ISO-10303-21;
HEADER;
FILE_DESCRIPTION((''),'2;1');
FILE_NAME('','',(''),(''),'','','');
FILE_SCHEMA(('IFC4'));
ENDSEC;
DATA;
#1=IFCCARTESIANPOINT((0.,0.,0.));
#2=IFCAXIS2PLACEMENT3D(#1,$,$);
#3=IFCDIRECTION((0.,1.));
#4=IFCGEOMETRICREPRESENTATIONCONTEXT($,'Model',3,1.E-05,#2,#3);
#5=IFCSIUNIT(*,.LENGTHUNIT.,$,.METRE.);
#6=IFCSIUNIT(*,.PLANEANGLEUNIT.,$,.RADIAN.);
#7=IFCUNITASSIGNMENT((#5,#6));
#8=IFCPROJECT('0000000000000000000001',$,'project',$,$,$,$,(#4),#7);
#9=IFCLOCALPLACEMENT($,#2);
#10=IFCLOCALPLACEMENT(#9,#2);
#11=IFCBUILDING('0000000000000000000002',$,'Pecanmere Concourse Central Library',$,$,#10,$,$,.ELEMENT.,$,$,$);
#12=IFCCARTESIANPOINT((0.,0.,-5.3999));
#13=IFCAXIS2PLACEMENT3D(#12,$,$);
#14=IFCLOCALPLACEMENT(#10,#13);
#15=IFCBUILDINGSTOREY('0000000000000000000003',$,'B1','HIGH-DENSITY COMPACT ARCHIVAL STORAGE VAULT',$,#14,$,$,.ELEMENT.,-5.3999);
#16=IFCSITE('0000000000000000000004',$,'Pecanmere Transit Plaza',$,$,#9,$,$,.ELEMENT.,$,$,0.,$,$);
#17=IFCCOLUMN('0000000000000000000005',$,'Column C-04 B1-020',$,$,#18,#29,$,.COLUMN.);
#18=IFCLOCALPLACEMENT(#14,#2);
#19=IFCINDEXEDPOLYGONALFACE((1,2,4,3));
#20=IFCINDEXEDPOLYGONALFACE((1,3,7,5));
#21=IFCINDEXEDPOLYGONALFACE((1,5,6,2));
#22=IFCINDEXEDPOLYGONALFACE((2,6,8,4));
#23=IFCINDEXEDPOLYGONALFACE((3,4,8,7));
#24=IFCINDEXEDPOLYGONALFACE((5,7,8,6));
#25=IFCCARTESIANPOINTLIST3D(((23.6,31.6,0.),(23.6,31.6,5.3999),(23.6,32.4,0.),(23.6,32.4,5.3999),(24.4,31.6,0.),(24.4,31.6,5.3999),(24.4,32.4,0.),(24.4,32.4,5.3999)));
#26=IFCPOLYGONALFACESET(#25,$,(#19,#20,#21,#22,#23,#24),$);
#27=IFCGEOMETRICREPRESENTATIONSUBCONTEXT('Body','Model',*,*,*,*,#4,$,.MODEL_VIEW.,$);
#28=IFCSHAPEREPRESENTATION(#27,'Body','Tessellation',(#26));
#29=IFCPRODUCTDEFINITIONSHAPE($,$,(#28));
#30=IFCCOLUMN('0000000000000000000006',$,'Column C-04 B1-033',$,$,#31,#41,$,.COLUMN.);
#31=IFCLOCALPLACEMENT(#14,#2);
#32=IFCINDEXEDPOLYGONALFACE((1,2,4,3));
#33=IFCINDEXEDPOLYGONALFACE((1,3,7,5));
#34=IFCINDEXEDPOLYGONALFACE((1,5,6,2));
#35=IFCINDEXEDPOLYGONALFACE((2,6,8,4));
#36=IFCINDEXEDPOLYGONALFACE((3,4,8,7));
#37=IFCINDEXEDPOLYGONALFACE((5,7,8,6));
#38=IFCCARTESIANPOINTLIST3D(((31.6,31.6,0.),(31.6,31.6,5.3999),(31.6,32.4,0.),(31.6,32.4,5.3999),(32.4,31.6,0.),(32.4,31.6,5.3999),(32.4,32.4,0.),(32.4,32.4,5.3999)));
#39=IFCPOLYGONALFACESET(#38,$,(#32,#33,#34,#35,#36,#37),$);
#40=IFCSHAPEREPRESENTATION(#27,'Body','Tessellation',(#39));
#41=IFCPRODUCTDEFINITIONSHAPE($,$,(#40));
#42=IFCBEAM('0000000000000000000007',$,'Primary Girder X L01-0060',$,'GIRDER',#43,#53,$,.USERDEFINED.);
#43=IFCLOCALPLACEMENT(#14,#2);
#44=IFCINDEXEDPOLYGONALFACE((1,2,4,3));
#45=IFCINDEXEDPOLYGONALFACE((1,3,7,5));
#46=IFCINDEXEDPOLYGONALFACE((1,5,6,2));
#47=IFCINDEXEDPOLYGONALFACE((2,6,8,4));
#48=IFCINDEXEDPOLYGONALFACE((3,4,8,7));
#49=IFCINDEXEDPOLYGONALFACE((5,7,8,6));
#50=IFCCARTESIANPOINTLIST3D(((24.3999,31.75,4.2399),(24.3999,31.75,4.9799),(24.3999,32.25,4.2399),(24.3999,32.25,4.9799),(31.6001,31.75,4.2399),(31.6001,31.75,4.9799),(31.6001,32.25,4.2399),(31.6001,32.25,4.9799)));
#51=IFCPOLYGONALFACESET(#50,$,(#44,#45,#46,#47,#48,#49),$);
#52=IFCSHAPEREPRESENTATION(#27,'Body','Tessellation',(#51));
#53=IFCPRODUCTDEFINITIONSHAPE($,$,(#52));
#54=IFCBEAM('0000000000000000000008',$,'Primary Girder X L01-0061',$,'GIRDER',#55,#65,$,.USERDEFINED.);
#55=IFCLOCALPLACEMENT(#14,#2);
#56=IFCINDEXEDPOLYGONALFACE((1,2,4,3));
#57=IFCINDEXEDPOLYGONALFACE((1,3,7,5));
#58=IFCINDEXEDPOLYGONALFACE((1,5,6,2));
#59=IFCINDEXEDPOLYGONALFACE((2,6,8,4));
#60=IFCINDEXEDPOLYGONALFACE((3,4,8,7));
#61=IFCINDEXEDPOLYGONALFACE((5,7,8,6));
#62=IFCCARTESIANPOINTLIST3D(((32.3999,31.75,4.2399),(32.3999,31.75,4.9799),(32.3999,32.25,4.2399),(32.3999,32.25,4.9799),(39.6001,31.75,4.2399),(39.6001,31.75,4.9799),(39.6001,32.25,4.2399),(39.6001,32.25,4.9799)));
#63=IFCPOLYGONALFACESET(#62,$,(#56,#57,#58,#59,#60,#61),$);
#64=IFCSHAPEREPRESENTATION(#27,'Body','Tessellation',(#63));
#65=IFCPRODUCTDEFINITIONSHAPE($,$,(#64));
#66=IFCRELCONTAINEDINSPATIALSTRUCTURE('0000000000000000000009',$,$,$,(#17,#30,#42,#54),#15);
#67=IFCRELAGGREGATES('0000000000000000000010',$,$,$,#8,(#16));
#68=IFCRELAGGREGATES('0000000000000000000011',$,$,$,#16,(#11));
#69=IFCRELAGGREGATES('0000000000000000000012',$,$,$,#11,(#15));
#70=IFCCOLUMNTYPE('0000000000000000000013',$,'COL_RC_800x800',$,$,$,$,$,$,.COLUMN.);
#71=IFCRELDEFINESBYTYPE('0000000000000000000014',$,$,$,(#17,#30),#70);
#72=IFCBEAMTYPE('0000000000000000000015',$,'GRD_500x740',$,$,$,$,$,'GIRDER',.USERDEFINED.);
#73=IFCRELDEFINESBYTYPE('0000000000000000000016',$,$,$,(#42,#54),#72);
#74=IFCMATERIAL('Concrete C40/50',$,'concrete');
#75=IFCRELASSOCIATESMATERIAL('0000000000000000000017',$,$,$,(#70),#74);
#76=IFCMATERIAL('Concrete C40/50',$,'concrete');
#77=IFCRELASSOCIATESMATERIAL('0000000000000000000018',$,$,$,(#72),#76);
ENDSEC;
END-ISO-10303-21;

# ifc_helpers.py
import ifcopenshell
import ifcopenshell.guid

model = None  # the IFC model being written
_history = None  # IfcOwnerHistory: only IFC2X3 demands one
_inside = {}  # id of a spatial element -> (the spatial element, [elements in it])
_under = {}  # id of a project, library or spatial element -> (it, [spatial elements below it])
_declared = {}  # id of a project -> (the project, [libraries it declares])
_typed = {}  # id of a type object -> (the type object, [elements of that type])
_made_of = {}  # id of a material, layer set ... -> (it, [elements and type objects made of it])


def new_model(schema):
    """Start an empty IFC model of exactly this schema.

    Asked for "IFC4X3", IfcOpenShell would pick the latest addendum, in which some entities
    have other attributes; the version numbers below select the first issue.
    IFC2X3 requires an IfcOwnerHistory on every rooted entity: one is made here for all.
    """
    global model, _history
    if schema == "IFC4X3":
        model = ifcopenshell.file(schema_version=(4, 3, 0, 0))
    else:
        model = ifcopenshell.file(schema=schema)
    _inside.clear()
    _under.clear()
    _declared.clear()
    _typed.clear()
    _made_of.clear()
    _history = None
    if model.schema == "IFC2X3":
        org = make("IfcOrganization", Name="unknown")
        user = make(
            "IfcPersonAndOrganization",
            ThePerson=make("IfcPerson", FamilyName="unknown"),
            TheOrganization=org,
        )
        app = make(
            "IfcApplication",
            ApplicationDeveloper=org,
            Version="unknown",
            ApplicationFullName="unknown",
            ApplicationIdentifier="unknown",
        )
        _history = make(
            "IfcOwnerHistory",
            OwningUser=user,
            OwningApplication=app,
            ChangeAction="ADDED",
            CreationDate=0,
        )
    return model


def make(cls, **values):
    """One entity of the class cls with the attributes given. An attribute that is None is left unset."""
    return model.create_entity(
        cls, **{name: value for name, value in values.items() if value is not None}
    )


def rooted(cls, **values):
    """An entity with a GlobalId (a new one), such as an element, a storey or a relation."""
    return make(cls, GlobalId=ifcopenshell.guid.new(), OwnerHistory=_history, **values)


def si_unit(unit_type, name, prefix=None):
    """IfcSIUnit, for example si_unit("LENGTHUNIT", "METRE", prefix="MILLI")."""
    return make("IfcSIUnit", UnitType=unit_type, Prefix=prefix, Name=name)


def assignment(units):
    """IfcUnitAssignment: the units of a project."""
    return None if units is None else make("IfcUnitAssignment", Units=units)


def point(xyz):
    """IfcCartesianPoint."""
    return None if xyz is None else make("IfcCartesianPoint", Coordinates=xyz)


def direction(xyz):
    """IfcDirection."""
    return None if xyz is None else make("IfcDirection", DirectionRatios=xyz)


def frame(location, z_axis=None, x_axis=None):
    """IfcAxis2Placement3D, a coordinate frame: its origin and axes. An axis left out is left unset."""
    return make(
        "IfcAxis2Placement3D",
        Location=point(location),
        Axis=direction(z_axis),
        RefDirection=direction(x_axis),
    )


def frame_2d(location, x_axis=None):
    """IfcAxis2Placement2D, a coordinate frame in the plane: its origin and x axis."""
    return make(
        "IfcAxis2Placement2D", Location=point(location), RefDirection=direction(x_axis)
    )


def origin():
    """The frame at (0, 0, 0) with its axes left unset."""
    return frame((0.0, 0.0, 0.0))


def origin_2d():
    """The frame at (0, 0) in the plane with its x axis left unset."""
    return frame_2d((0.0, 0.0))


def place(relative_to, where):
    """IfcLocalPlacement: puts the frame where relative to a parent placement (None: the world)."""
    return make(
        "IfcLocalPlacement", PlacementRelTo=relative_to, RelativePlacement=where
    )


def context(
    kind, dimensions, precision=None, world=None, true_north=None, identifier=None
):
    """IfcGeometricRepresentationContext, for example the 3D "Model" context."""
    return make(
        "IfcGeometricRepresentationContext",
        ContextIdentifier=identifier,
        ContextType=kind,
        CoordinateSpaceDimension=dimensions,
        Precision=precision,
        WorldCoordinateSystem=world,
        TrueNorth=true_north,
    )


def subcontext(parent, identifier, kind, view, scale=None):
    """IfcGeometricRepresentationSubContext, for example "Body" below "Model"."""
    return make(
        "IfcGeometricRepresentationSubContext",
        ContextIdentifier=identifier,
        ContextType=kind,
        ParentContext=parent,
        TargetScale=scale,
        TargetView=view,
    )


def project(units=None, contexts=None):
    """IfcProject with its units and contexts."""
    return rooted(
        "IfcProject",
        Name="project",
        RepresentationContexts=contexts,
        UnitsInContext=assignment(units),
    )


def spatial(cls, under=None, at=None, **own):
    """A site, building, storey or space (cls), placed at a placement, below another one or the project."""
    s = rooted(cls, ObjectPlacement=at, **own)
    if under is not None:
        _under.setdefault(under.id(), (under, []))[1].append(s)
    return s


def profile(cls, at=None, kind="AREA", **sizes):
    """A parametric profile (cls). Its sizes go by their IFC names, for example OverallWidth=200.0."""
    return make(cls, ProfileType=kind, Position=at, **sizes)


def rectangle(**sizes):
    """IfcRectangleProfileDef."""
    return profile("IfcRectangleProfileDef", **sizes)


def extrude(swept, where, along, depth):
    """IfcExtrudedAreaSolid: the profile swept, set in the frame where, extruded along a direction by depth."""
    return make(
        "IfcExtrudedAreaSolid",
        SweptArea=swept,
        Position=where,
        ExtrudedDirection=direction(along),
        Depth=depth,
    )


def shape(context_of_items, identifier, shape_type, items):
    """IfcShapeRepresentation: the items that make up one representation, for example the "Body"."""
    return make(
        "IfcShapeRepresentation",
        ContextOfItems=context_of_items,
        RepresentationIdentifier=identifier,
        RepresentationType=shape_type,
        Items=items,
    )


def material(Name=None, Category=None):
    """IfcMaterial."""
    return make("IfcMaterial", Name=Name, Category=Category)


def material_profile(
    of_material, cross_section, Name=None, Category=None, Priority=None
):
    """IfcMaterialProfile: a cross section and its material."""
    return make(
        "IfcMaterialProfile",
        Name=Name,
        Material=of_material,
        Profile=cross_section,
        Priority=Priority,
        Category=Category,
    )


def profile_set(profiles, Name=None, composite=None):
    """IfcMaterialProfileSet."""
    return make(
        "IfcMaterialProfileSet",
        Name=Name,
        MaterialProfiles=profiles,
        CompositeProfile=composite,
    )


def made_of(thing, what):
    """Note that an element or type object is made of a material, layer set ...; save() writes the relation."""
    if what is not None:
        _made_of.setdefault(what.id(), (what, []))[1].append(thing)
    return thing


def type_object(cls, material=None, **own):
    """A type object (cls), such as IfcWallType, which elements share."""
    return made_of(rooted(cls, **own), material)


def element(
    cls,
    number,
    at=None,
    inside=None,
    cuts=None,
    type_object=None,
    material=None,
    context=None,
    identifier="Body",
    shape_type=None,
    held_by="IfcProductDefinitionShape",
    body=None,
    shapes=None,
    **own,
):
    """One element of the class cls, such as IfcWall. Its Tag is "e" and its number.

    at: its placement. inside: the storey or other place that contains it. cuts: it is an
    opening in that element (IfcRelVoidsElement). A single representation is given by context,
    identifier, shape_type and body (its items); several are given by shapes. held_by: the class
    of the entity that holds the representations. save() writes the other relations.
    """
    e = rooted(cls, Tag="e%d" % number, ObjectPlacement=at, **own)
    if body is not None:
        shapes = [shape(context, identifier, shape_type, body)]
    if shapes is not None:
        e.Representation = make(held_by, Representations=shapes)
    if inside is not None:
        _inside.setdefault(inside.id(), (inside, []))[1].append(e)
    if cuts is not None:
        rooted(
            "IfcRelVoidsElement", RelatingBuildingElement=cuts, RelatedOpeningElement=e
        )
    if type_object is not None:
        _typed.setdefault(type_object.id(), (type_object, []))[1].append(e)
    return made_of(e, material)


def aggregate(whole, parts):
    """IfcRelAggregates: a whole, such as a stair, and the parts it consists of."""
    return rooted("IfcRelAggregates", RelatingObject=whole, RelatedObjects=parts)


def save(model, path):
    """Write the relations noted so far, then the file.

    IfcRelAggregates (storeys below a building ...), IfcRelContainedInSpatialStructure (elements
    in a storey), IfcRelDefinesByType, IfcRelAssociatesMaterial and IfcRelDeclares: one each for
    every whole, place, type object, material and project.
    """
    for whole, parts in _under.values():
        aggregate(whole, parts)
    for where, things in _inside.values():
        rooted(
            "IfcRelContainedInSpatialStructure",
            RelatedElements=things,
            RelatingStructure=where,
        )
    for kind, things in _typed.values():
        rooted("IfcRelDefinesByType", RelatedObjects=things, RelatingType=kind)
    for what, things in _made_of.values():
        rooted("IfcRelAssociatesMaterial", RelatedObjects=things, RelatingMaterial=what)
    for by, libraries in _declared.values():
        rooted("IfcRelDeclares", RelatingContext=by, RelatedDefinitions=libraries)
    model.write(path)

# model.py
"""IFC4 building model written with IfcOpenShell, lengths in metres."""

from ifc_helpers import new_model, si_unit, direction, frame, origin, origin_2d, place, context, subcontext, project, spatial, rectangle, extrude, material, material_profile, profile_set, type_object, element, save


model = new_model("IFC4")

# Units and contexts
model_context = context("Model", 3, precision=1e-05, world=origin(), true_north=direction((0.0, 1.0)))
body_context = subcontext(model_context, "Body", "Model", "MODEL_VIEW")
ifc_project = project(units=[si_unit("LENGTHUNIT", "METRE"), si_unit("PLANEANGLEUNIT", "RADIAN")], contexts=[model_context])

# Site, building, storey
site_placement = place(None, origin())
site = spatial("IfcSite", under=ifc_project, at=site_placement, Name="Pecanmere Transit Plaza", CompositionType="ELEMENT", RefElevation=0.0)
building_placement = place(site_placement, origin())
building = spatial("IfcBuilding", under=site, at=building_placement, Name="Pecanmere Concourse Central Library", CompositionType="ELEMENT")
storey_placement = place(building_placement, frame((0.0, 0.0, -5.3999)))
storey = spatial("IfcBuildingStorey", under=building, at=storey_placement, Name="B1", Description="HIGH-DENSITY COMPACT ARCHIVAL STORAGE VAULT", CompositionType="ELEMENT", Elevation=-5.3999)

# Columns
ifc_material_1 = material(Name="Concrete C40/50", Category="concrete")
ifc_material_profile_1 = material_profile(ifc_material_1, rectangle(XDim=0.8, YDim=0.8, at=origin_2d()), Name="RC 800x800")
ifc_profile_set_1 = profile_set([ifc_material_profile_1], Name="Concrete C40/50")
column_type = type_object("IfcColumnType", Name="COL_RC_800x800", PredefinedType="COLUMN", material=ifc_profile_set_1)
for number, where, z_axis, x_axis, name in (
    (1, (24.0, 32.0, 0.0), (0.0, 0.0, 1.0), (1.0, 0.0, 0.0), "Column C-04 B1-020"),
    (2, (32.0, 32.0, 0.0), (0.0, 0.0, 1.0), (1.0, 0.0, 0.0), "Column C-04 B1-033"),
):
    element("IfcColumn", number, at=place(storey_placement, frame(where, z_axis=z_axis, x_axis=x_axis)), inside=storey, type_object=column_type, Name=name, PredefinedType="COLUMN", context=body_context, shape_type="SweptSolid", body=[
        extrude(rectangle(XDim=0.8, YDim=0.8, at=origin_2d()), origin(), (0.0, 0.0, 1.0), 5.3999),
    ])

# Beams
ifc_material_2 = material(Name="Concrete C40/50", Category="concrete")
ifc_material_profile_2 = material_profile(ifc_material_2, rectangle(XDim=0.5, YDim=0.74, at=origin_2d()), Name="RC 500x740")
ifc_profile_set_2 = profile_set([ifc_material_profile_2], Name="Concrete C40/50")
beam_type = type_object("IfcBeamType", Name="GRD_500x740", ElementType="GIRDER", PredefinedType="USERDEFINED", material=ifc_profile_set_2)
for number, where, z_axis, x_axis, name in (
    (3, (24.3999, 32.0, 4.6099), (1.0, 0.0, 0.0), (0.0, 1.0, 0.0), "Primary Girder X L01-0060"),
    (4, (32.3999, 32.0, 4.6099), (1.0, 0.0, 0.0), (0.0, 1.0, 0.0), "Primary Girder X L01-0061"),
):
    element("IfcBeam", number, at=place(storey_placement, frame(where, z_axis=z_axis, x_axis=x_axis)), inside=storey, type_object=beam_type, Name=name, ObjectType="GIRDER", PredefinedType="USERDEFINED", context=body_context, shape_type="SweptSolid", body=[
        extrude(rectangle(XDim=0.5, YDim=0.74, at=origin_2d()), origin(), (0.0, 0.0, 1.0), 7.2002),
    ])

save(model, "model.ifc")
